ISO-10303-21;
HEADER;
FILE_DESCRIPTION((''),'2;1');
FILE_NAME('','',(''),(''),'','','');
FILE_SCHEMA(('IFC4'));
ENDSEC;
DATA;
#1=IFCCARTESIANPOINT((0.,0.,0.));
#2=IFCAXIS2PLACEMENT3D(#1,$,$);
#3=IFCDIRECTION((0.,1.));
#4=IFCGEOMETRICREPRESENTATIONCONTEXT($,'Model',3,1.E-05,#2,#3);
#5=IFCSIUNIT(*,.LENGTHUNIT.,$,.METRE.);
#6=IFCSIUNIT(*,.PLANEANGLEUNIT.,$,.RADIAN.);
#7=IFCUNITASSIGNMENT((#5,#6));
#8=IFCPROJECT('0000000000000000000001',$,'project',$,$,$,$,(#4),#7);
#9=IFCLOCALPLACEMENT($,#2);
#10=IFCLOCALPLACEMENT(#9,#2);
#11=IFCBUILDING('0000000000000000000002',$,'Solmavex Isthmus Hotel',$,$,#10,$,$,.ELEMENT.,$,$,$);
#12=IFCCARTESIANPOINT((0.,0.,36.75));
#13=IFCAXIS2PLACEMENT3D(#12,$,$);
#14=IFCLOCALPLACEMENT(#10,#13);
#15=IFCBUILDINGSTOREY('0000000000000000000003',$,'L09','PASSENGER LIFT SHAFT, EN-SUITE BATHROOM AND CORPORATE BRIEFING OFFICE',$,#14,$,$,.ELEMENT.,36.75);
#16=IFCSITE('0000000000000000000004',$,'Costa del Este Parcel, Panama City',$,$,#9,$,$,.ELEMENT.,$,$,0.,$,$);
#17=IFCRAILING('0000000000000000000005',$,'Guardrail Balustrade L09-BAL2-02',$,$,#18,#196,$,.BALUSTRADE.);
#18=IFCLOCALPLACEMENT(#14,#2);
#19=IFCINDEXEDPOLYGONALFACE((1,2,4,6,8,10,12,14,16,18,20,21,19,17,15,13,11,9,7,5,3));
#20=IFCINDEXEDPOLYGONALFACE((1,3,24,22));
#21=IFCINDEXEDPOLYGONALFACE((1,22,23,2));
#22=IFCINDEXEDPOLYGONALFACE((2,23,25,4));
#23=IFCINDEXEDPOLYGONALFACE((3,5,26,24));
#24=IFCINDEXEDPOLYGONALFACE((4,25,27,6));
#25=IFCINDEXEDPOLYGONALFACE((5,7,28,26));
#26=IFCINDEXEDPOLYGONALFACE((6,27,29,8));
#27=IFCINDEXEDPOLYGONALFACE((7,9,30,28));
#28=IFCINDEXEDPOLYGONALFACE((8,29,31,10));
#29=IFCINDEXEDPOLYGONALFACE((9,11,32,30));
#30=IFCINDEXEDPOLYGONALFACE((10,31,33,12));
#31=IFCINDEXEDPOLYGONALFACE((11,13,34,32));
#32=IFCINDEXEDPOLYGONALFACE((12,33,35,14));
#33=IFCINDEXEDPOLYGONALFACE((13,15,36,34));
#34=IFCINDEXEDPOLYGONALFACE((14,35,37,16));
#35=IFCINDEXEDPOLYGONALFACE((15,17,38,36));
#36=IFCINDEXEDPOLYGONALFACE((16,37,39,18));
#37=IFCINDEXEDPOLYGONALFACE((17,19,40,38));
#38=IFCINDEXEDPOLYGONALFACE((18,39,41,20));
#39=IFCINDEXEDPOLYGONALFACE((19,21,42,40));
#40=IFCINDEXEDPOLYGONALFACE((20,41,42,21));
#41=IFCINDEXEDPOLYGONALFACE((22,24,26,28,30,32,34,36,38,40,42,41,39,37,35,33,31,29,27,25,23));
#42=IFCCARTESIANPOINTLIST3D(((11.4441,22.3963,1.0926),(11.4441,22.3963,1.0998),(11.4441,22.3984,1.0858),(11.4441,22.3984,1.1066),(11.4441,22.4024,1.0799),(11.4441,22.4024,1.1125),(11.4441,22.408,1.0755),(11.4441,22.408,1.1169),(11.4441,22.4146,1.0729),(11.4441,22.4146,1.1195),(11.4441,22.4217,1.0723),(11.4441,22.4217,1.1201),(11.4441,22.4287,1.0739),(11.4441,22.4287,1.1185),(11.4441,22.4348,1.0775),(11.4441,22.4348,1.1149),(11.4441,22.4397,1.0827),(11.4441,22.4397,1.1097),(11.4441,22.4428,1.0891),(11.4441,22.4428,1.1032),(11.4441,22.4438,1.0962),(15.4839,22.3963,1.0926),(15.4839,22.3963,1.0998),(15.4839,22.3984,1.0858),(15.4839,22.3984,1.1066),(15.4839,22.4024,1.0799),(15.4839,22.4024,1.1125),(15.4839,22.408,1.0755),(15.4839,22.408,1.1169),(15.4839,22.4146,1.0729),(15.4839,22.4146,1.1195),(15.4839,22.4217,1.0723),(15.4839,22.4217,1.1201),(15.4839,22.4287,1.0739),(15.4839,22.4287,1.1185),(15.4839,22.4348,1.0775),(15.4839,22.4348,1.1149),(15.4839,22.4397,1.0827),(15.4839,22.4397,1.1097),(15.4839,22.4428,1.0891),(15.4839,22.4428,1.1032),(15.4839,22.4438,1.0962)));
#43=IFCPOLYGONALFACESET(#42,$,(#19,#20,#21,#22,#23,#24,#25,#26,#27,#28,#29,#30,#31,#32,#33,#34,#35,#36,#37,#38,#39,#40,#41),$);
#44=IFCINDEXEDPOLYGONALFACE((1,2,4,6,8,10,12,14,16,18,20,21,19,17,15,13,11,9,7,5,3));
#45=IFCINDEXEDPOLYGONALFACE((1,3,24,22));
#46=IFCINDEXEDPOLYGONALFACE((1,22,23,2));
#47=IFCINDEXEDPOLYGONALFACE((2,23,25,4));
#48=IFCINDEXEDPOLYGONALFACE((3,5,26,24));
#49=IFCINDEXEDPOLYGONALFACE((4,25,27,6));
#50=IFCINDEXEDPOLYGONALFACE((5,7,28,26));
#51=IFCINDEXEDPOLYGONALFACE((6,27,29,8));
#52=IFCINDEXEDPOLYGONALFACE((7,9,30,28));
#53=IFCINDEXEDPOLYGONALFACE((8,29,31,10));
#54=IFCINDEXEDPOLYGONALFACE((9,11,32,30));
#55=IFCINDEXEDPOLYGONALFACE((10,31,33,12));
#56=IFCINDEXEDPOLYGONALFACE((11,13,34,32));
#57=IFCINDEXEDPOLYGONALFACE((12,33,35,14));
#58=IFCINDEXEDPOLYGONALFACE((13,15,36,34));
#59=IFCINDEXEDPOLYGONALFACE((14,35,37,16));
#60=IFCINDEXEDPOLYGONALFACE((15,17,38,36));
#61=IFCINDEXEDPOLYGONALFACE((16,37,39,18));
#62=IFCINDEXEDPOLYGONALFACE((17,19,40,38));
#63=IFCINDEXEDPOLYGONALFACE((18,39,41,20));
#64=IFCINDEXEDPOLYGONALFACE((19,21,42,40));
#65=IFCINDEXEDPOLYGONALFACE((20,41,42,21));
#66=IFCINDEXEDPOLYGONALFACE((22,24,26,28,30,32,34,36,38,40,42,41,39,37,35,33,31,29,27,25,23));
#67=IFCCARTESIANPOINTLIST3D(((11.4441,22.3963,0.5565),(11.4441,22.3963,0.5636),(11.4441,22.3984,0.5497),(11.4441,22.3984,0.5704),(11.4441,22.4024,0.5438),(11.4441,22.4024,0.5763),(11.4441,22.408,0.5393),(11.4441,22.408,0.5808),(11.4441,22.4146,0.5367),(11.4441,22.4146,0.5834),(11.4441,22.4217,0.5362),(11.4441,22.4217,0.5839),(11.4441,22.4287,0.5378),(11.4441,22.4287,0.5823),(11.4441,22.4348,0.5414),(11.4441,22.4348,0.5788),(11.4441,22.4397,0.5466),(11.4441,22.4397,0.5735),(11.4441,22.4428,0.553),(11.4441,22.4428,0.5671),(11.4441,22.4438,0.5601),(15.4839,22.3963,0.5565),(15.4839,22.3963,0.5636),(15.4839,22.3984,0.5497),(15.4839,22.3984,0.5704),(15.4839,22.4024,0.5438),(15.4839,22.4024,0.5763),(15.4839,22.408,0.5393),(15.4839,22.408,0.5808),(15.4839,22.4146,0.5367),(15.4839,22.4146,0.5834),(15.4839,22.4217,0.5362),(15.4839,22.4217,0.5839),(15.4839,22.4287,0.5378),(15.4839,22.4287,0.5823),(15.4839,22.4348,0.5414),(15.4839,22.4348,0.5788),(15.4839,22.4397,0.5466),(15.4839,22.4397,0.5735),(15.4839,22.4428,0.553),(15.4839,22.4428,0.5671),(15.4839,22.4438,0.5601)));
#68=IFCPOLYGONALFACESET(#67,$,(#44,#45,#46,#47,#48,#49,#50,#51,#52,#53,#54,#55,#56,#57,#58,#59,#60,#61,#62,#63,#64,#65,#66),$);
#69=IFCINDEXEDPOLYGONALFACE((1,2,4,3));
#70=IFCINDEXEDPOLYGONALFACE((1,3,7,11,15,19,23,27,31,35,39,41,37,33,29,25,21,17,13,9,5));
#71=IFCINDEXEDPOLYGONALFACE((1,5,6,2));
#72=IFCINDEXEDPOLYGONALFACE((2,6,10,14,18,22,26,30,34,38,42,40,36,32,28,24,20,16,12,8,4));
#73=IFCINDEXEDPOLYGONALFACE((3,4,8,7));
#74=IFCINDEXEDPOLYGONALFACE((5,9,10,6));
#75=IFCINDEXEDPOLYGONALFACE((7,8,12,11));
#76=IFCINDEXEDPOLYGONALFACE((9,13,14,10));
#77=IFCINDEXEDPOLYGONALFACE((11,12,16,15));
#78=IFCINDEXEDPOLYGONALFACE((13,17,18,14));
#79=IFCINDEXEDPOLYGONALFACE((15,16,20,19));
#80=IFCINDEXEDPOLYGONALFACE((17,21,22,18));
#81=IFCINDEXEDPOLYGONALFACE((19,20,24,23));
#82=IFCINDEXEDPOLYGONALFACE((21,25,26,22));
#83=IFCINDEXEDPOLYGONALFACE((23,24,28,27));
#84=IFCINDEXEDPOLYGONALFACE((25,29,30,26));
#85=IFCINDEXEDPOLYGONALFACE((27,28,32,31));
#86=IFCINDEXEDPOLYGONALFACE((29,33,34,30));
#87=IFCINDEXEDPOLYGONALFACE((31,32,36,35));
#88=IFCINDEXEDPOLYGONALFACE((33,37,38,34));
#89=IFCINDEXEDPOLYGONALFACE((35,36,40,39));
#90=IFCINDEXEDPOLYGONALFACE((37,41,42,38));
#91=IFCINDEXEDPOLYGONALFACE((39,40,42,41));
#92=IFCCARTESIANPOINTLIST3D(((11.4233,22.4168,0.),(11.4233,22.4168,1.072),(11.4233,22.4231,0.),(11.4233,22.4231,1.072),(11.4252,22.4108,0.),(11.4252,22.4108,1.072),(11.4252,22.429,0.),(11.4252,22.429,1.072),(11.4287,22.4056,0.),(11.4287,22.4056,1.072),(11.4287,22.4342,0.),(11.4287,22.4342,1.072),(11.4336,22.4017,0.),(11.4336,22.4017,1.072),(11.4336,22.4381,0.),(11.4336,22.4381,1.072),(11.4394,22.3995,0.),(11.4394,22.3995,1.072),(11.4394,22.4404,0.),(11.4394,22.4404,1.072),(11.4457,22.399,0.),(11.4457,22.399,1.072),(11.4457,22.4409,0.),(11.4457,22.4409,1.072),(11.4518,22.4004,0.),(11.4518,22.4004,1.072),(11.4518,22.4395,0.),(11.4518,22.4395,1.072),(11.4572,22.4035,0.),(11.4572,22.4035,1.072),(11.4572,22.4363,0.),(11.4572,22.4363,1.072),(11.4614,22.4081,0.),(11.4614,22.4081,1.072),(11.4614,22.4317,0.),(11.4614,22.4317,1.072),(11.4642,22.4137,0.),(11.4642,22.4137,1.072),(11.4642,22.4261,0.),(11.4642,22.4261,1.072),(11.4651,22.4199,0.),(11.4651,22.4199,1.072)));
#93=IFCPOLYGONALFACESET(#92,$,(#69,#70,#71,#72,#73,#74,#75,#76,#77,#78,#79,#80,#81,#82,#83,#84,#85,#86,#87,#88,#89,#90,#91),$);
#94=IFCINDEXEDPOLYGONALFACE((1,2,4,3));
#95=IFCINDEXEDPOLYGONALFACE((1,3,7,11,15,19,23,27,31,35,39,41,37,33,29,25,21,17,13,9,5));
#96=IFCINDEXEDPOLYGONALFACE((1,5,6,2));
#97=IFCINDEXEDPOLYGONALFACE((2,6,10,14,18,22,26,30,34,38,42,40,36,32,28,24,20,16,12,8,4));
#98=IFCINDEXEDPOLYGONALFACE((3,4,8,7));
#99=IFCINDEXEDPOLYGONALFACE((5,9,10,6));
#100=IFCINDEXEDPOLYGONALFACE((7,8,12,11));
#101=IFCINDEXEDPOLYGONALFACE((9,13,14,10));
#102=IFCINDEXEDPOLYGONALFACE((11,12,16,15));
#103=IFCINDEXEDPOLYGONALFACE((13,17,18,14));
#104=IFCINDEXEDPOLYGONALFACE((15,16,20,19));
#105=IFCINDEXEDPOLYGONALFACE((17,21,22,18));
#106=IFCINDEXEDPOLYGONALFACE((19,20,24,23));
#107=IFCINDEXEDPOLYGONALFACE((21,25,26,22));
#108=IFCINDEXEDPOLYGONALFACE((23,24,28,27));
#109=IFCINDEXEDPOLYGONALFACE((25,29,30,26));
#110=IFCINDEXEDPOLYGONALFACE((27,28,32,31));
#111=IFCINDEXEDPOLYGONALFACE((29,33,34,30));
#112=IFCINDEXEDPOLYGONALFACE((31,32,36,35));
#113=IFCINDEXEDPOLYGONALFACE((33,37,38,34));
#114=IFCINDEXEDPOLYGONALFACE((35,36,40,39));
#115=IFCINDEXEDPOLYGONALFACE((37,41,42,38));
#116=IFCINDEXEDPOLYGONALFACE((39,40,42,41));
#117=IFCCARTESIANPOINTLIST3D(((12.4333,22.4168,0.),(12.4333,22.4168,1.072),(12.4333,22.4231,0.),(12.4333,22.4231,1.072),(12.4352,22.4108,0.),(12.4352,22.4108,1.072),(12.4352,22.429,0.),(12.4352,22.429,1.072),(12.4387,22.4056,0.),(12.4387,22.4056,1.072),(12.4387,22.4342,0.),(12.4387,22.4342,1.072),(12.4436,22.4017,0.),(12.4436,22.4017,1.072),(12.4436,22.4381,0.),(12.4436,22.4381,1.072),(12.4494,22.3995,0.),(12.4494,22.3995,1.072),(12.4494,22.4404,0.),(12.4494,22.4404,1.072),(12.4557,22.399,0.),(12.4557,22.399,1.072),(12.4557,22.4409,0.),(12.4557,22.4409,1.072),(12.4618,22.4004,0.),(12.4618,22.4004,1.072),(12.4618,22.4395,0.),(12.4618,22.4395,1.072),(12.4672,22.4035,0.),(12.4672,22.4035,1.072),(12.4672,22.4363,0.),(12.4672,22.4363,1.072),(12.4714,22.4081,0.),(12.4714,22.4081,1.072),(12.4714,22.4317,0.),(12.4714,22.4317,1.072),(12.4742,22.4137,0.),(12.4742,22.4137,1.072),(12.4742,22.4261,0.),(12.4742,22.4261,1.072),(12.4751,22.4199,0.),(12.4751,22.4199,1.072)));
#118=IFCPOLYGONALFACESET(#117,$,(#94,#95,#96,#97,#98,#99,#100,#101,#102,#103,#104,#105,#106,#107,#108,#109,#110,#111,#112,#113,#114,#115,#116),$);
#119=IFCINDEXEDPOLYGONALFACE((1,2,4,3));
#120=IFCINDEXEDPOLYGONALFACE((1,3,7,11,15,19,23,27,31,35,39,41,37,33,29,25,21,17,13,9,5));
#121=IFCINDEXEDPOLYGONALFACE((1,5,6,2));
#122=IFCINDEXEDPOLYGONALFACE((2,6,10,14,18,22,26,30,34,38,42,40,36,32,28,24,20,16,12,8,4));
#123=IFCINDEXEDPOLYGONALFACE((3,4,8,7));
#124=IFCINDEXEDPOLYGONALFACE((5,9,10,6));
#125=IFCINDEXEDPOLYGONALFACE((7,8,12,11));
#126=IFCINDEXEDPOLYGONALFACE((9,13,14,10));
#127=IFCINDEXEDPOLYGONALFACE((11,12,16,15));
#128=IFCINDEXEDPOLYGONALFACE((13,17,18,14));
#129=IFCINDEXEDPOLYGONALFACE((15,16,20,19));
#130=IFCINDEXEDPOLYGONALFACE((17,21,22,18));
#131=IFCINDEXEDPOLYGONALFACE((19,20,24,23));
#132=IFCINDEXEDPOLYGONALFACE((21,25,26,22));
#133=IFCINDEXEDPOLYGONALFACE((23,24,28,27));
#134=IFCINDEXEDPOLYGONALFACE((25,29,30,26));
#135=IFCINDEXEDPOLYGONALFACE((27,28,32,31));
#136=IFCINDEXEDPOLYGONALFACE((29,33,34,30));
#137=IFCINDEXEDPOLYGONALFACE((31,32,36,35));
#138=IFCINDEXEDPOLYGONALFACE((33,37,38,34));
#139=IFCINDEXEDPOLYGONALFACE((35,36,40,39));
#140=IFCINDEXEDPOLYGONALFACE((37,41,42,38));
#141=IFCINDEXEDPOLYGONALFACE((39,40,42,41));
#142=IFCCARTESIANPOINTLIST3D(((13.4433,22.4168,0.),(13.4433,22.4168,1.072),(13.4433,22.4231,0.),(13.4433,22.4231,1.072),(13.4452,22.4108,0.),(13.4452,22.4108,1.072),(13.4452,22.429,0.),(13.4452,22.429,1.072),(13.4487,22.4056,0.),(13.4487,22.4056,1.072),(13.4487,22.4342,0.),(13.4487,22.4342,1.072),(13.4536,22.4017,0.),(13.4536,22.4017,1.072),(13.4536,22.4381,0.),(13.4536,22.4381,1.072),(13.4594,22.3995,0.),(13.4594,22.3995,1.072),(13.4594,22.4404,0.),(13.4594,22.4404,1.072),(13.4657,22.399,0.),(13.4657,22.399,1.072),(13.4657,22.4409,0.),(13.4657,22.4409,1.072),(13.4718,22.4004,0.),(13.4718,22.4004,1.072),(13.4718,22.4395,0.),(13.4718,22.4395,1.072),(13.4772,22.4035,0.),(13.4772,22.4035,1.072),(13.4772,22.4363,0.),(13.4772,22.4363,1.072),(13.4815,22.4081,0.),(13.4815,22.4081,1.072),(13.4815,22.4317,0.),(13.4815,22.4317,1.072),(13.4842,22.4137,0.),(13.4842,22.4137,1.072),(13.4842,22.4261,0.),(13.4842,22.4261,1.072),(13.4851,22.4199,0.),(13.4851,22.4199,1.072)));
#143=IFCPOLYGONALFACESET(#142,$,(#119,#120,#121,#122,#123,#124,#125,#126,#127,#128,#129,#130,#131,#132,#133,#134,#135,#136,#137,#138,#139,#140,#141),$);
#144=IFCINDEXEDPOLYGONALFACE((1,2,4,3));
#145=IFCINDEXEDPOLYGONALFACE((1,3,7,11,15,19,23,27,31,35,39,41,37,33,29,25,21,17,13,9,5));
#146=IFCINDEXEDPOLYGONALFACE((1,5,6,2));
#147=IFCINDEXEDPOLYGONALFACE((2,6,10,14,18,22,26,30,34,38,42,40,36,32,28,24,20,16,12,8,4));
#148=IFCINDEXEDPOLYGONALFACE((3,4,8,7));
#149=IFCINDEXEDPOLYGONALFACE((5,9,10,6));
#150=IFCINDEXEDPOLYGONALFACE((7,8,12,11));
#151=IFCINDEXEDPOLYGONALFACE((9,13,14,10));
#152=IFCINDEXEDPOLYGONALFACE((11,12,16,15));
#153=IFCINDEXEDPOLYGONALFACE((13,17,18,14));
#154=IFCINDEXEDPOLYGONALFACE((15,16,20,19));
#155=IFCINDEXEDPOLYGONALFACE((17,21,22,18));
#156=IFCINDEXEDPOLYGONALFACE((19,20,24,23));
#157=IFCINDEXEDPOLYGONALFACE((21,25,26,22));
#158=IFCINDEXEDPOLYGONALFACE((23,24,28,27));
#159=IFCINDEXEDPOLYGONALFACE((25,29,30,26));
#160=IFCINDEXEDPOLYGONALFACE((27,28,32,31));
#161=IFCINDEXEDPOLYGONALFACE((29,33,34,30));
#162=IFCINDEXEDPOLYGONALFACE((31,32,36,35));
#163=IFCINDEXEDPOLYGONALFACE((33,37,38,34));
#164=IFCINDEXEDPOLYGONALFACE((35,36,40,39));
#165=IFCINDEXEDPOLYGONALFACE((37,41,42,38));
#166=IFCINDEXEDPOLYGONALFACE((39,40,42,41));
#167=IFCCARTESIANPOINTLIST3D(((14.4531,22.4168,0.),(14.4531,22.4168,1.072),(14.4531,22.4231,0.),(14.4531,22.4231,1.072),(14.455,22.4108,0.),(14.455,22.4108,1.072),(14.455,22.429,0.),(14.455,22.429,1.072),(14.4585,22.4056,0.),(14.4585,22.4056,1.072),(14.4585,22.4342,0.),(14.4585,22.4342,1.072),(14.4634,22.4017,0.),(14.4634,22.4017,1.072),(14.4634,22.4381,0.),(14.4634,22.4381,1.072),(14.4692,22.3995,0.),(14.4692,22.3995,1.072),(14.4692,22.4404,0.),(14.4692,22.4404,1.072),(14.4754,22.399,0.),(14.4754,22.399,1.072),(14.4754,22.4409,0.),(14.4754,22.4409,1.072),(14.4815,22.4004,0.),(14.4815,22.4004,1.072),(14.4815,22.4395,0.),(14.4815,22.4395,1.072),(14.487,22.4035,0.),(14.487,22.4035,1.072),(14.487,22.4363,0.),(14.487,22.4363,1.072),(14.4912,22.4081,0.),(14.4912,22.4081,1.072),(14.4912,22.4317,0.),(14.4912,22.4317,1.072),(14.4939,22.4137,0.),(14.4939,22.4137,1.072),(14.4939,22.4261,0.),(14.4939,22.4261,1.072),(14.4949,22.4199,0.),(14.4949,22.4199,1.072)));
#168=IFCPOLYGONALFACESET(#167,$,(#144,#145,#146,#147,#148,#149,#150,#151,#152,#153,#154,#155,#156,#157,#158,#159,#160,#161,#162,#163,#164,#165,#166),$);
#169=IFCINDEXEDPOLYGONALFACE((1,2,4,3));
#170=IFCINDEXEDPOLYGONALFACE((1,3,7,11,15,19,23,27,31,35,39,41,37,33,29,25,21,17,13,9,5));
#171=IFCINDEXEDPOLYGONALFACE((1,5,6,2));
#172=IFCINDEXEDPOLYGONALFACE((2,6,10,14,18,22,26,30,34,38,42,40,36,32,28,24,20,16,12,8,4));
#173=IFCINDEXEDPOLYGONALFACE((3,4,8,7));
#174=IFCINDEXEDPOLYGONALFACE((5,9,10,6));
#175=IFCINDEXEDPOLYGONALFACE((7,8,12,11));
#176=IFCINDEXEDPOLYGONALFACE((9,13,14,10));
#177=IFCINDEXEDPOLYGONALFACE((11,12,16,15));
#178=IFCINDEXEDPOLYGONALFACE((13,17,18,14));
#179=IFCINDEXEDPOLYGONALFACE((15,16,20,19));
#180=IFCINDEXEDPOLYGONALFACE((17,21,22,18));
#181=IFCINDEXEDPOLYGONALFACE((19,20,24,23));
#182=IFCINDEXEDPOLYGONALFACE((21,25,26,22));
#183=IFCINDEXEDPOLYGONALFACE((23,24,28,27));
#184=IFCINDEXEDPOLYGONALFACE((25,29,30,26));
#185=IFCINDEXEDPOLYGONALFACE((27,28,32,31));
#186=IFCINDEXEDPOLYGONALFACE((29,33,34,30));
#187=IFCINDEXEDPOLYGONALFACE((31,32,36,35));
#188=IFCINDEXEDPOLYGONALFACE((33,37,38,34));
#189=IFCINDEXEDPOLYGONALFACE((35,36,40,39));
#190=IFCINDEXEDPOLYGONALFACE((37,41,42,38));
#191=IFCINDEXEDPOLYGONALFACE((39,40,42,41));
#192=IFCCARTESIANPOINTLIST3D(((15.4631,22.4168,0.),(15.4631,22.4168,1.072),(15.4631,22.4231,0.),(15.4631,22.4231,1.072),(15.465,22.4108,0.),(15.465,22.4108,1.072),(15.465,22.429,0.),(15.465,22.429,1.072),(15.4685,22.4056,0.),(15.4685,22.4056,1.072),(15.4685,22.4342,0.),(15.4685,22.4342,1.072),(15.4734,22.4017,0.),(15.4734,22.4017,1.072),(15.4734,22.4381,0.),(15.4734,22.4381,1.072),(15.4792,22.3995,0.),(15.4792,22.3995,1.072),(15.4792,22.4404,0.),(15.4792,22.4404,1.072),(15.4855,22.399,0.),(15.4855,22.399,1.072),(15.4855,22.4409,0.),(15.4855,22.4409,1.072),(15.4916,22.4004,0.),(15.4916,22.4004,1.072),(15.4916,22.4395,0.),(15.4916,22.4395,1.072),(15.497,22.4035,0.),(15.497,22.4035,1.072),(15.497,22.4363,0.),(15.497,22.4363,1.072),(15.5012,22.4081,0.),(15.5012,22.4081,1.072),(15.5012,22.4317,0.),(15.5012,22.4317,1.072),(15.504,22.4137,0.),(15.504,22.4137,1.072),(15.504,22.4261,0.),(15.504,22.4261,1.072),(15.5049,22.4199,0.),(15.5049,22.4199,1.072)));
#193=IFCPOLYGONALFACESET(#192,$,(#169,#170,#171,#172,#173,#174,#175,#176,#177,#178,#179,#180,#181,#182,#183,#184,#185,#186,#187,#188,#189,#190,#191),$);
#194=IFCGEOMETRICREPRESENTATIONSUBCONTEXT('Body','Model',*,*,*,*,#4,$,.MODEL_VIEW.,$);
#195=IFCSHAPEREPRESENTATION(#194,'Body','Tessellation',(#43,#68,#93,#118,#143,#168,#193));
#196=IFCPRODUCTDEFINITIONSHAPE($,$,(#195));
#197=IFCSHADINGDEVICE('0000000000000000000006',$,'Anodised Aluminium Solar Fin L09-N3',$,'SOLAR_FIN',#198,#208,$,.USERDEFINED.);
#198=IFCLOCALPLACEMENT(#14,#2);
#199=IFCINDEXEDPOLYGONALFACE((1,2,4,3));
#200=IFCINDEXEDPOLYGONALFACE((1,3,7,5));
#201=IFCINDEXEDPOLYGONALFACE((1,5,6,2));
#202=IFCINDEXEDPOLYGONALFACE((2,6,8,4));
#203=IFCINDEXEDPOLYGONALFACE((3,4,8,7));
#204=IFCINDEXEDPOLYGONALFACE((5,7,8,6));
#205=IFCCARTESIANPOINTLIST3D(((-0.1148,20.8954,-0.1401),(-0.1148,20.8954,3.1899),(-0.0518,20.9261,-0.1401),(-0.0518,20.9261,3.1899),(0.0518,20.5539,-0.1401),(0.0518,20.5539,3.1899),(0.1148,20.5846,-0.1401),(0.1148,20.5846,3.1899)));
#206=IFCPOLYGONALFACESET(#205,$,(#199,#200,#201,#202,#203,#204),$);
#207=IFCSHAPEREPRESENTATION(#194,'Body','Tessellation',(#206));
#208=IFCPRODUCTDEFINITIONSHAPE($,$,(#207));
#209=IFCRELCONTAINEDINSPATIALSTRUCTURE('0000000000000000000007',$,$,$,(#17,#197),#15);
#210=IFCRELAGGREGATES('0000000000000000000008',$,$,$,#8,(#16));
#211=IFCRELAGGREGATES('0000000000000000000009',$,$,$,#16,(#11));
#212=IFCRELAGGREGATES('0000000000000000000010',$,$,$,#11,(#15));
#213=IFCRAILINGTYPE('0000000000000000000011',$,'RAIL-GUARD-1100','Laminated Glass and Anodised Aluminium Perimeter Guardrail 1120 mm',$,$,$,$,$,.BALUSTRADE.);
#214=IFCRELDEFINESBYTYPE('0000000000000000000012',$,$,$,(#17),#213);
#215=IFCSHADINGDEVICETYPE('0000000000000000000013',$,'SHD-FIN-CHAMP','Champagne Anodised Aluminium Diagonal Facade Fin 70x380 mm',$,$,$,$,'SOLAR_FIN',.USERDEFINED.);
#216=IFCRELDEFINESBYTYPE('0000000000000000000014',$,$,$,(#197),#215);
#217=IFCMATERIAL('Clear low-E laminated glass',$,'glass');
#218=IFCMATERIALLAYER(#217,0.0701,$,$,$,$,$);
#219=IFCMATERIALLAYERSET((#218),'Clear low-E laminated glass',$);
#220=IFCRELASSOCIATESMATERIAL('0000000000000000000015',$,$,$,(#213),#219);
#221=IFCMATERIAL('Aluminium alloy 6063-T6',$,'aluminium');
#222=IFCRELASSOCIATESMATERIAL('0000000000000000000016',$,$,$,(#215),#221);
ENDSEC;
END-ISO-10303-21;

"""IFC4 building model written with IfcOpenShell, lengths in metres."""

from ifc_helpers import new_model, si_unit, direction, frame, origin, origin_2d, place, context, subcontext, project, spatial, rectangle, circle, extrude, material, layer, layer_set, type_object, element, save


model = new_model("IFC4")

# Units and contexts
model_context = context("Model", 3, precision=1e-05, world=origin(), true_north=direction((0.0, 1.0)))
body_context = subcontext(model_context, "Body", "Model", "MODEL_VIEW")
ifc_project = project(units=[si_unit("LENGTHUNIT", "METRE"), si_unit("PLANEANGLEUNIT", "RADIAN")], contexts=[model_context])

# Site, building, storey
site_placement = place(None, origin())
site = spatial("IfcSite", under=ifc_project, at=site_placement, Name="Costa del Este Parcel, Panama City", CompositionType="ELEMENT", RefElevation=0.0)
building_placement = place(site_placement, origin())
building = spatial("IfcBuilding", under=site, at=building_placement, Name="Solmavex Isthmus Hotel", CompositionType="ELEMENT")
storey_placement = place(building_placement, frame((0.0, 0.0, 36.75)))
storey = spatial("IfcBuildingStorey", under=building, at=storey_placement, Name="L09", Description="PASSENGER LIFT SHAFT, EN-SUITE BATHROOM AND CORPORATE BRIEFING OFFICE", CompositionType="ELEMENT", Elevation=36.75)

# Shared definitions
ifc_material_1 = material(Name="Aluminium alloy 6063-T6", Category="aluminium")

# Shared definitions
ifc_material_2 = material(Name="Clear low-E laminated glass", Category="glass")

# Railing
ifc_layer_1 = layer(ifc_material_2, 0.0701)
ifc_layer_set_1 = layer_set([ifc_layer_1], Name="Clear low-E laminated glass")
railing_type = type_object("IfcRailingType", Name="RAIL-GUARD-1100", Description="Laminated Glass and Anodised Aluminium Perimeter Guardrail 1120 mm", PredefinedType="BALUSTRADE", material=ifc_layer_set_1)
railing_1_placement = place(storey_placement, frame((11.4441, 22.4199, 0.0)))
element("IfcRailing", 1, at=railing_1_placement, inside=storey, type_object=railing_type, Name="Guardrail Balustrade L09-BAL2-02", PredefinedType="BALUSTRADE", context=body_context, shape_type="SweptSolid", body=[
    extrude(circle(Radius=0.0239, at=origin_2d()), frame((0.0, 0.0, 1.0962), z_axis=(1.0, 0.0, 0.0), x_axis=(0.0, 1.0, 0.0)), (0.0, 0.0, 1.0), 4.0398),
    extrude(circle(Radius=0.0239, at=origin_2d()), frame((0.0, 0.0, 0.5601), z_axis=(1.0, 0.0, 0.0), x_axis=(0.0, 1.0, 0.0)), (0.0, 0.0, 1.0), 4.0398),
    extrude(circle(Radius=0.021, at=origin_2d()), origin(), (0.0, 0.0, 1.0), 1.072),
    extrude(circle(Radius=0.021, at=origin_2d()), frame((1.01, 0.0, 0.0)), (0.0, 0.0, 1.0), 1.072),
    extrude(circle(Radius=0.021, at=origin_2d()), frame((2.02, 0.0, 0.0)), (0.0, 0.0, 1.0), 1.072),
    extrude(circle(Radius=0.021, at=origin_2d()), frame((3.0298, 0.0, 0.0)), (0.0, 0.0, 1.0), 1.072),
    extrude(circle(Radius=0.021, at=origin_2d()), frame((4.0398, 0.0, 0.0)), (0.0, 0.0, 1.0), 1.072),
])

# Shading device
shading_device_type = type_object("IfcShadingDeviceType", Name="SHD-FIN-CHAMP", Description="Champagne Anodised Aluminium Diagonal Facade Fin 70x380 mm", ElementType="SOLAR_FIN", PredefinedType="USERDEFINED", material=ifc_material_1)
for number, where, z_axis, x_axis, name in (
    (2, (0.0, 20.74, -0.1401), (0.0, 0.0, 1.0), (-0.438371, 0.898794, 0.0), "Anodised Aluminium Solar Fin L09-N3"),
):
    element("IfcShadingDevice", number, at=place(storey_placement, frame(where, z_axis=z_axis, x_axis=x_axis)), inside=storey, type_object=shading_device_type, Name=name, ObjectType="SOLAR_FIN", PredefinedType="USERDEFINED", context=body_context, shape_type="SweptSolid", body=[
        extrude(rectangle(XDim=0.3799, YDim=0.0701, at=origin_2d()), origin(), (0.0, 0.0, 1.0), 3.3301),
    ])

save(model, "model.ifc")
